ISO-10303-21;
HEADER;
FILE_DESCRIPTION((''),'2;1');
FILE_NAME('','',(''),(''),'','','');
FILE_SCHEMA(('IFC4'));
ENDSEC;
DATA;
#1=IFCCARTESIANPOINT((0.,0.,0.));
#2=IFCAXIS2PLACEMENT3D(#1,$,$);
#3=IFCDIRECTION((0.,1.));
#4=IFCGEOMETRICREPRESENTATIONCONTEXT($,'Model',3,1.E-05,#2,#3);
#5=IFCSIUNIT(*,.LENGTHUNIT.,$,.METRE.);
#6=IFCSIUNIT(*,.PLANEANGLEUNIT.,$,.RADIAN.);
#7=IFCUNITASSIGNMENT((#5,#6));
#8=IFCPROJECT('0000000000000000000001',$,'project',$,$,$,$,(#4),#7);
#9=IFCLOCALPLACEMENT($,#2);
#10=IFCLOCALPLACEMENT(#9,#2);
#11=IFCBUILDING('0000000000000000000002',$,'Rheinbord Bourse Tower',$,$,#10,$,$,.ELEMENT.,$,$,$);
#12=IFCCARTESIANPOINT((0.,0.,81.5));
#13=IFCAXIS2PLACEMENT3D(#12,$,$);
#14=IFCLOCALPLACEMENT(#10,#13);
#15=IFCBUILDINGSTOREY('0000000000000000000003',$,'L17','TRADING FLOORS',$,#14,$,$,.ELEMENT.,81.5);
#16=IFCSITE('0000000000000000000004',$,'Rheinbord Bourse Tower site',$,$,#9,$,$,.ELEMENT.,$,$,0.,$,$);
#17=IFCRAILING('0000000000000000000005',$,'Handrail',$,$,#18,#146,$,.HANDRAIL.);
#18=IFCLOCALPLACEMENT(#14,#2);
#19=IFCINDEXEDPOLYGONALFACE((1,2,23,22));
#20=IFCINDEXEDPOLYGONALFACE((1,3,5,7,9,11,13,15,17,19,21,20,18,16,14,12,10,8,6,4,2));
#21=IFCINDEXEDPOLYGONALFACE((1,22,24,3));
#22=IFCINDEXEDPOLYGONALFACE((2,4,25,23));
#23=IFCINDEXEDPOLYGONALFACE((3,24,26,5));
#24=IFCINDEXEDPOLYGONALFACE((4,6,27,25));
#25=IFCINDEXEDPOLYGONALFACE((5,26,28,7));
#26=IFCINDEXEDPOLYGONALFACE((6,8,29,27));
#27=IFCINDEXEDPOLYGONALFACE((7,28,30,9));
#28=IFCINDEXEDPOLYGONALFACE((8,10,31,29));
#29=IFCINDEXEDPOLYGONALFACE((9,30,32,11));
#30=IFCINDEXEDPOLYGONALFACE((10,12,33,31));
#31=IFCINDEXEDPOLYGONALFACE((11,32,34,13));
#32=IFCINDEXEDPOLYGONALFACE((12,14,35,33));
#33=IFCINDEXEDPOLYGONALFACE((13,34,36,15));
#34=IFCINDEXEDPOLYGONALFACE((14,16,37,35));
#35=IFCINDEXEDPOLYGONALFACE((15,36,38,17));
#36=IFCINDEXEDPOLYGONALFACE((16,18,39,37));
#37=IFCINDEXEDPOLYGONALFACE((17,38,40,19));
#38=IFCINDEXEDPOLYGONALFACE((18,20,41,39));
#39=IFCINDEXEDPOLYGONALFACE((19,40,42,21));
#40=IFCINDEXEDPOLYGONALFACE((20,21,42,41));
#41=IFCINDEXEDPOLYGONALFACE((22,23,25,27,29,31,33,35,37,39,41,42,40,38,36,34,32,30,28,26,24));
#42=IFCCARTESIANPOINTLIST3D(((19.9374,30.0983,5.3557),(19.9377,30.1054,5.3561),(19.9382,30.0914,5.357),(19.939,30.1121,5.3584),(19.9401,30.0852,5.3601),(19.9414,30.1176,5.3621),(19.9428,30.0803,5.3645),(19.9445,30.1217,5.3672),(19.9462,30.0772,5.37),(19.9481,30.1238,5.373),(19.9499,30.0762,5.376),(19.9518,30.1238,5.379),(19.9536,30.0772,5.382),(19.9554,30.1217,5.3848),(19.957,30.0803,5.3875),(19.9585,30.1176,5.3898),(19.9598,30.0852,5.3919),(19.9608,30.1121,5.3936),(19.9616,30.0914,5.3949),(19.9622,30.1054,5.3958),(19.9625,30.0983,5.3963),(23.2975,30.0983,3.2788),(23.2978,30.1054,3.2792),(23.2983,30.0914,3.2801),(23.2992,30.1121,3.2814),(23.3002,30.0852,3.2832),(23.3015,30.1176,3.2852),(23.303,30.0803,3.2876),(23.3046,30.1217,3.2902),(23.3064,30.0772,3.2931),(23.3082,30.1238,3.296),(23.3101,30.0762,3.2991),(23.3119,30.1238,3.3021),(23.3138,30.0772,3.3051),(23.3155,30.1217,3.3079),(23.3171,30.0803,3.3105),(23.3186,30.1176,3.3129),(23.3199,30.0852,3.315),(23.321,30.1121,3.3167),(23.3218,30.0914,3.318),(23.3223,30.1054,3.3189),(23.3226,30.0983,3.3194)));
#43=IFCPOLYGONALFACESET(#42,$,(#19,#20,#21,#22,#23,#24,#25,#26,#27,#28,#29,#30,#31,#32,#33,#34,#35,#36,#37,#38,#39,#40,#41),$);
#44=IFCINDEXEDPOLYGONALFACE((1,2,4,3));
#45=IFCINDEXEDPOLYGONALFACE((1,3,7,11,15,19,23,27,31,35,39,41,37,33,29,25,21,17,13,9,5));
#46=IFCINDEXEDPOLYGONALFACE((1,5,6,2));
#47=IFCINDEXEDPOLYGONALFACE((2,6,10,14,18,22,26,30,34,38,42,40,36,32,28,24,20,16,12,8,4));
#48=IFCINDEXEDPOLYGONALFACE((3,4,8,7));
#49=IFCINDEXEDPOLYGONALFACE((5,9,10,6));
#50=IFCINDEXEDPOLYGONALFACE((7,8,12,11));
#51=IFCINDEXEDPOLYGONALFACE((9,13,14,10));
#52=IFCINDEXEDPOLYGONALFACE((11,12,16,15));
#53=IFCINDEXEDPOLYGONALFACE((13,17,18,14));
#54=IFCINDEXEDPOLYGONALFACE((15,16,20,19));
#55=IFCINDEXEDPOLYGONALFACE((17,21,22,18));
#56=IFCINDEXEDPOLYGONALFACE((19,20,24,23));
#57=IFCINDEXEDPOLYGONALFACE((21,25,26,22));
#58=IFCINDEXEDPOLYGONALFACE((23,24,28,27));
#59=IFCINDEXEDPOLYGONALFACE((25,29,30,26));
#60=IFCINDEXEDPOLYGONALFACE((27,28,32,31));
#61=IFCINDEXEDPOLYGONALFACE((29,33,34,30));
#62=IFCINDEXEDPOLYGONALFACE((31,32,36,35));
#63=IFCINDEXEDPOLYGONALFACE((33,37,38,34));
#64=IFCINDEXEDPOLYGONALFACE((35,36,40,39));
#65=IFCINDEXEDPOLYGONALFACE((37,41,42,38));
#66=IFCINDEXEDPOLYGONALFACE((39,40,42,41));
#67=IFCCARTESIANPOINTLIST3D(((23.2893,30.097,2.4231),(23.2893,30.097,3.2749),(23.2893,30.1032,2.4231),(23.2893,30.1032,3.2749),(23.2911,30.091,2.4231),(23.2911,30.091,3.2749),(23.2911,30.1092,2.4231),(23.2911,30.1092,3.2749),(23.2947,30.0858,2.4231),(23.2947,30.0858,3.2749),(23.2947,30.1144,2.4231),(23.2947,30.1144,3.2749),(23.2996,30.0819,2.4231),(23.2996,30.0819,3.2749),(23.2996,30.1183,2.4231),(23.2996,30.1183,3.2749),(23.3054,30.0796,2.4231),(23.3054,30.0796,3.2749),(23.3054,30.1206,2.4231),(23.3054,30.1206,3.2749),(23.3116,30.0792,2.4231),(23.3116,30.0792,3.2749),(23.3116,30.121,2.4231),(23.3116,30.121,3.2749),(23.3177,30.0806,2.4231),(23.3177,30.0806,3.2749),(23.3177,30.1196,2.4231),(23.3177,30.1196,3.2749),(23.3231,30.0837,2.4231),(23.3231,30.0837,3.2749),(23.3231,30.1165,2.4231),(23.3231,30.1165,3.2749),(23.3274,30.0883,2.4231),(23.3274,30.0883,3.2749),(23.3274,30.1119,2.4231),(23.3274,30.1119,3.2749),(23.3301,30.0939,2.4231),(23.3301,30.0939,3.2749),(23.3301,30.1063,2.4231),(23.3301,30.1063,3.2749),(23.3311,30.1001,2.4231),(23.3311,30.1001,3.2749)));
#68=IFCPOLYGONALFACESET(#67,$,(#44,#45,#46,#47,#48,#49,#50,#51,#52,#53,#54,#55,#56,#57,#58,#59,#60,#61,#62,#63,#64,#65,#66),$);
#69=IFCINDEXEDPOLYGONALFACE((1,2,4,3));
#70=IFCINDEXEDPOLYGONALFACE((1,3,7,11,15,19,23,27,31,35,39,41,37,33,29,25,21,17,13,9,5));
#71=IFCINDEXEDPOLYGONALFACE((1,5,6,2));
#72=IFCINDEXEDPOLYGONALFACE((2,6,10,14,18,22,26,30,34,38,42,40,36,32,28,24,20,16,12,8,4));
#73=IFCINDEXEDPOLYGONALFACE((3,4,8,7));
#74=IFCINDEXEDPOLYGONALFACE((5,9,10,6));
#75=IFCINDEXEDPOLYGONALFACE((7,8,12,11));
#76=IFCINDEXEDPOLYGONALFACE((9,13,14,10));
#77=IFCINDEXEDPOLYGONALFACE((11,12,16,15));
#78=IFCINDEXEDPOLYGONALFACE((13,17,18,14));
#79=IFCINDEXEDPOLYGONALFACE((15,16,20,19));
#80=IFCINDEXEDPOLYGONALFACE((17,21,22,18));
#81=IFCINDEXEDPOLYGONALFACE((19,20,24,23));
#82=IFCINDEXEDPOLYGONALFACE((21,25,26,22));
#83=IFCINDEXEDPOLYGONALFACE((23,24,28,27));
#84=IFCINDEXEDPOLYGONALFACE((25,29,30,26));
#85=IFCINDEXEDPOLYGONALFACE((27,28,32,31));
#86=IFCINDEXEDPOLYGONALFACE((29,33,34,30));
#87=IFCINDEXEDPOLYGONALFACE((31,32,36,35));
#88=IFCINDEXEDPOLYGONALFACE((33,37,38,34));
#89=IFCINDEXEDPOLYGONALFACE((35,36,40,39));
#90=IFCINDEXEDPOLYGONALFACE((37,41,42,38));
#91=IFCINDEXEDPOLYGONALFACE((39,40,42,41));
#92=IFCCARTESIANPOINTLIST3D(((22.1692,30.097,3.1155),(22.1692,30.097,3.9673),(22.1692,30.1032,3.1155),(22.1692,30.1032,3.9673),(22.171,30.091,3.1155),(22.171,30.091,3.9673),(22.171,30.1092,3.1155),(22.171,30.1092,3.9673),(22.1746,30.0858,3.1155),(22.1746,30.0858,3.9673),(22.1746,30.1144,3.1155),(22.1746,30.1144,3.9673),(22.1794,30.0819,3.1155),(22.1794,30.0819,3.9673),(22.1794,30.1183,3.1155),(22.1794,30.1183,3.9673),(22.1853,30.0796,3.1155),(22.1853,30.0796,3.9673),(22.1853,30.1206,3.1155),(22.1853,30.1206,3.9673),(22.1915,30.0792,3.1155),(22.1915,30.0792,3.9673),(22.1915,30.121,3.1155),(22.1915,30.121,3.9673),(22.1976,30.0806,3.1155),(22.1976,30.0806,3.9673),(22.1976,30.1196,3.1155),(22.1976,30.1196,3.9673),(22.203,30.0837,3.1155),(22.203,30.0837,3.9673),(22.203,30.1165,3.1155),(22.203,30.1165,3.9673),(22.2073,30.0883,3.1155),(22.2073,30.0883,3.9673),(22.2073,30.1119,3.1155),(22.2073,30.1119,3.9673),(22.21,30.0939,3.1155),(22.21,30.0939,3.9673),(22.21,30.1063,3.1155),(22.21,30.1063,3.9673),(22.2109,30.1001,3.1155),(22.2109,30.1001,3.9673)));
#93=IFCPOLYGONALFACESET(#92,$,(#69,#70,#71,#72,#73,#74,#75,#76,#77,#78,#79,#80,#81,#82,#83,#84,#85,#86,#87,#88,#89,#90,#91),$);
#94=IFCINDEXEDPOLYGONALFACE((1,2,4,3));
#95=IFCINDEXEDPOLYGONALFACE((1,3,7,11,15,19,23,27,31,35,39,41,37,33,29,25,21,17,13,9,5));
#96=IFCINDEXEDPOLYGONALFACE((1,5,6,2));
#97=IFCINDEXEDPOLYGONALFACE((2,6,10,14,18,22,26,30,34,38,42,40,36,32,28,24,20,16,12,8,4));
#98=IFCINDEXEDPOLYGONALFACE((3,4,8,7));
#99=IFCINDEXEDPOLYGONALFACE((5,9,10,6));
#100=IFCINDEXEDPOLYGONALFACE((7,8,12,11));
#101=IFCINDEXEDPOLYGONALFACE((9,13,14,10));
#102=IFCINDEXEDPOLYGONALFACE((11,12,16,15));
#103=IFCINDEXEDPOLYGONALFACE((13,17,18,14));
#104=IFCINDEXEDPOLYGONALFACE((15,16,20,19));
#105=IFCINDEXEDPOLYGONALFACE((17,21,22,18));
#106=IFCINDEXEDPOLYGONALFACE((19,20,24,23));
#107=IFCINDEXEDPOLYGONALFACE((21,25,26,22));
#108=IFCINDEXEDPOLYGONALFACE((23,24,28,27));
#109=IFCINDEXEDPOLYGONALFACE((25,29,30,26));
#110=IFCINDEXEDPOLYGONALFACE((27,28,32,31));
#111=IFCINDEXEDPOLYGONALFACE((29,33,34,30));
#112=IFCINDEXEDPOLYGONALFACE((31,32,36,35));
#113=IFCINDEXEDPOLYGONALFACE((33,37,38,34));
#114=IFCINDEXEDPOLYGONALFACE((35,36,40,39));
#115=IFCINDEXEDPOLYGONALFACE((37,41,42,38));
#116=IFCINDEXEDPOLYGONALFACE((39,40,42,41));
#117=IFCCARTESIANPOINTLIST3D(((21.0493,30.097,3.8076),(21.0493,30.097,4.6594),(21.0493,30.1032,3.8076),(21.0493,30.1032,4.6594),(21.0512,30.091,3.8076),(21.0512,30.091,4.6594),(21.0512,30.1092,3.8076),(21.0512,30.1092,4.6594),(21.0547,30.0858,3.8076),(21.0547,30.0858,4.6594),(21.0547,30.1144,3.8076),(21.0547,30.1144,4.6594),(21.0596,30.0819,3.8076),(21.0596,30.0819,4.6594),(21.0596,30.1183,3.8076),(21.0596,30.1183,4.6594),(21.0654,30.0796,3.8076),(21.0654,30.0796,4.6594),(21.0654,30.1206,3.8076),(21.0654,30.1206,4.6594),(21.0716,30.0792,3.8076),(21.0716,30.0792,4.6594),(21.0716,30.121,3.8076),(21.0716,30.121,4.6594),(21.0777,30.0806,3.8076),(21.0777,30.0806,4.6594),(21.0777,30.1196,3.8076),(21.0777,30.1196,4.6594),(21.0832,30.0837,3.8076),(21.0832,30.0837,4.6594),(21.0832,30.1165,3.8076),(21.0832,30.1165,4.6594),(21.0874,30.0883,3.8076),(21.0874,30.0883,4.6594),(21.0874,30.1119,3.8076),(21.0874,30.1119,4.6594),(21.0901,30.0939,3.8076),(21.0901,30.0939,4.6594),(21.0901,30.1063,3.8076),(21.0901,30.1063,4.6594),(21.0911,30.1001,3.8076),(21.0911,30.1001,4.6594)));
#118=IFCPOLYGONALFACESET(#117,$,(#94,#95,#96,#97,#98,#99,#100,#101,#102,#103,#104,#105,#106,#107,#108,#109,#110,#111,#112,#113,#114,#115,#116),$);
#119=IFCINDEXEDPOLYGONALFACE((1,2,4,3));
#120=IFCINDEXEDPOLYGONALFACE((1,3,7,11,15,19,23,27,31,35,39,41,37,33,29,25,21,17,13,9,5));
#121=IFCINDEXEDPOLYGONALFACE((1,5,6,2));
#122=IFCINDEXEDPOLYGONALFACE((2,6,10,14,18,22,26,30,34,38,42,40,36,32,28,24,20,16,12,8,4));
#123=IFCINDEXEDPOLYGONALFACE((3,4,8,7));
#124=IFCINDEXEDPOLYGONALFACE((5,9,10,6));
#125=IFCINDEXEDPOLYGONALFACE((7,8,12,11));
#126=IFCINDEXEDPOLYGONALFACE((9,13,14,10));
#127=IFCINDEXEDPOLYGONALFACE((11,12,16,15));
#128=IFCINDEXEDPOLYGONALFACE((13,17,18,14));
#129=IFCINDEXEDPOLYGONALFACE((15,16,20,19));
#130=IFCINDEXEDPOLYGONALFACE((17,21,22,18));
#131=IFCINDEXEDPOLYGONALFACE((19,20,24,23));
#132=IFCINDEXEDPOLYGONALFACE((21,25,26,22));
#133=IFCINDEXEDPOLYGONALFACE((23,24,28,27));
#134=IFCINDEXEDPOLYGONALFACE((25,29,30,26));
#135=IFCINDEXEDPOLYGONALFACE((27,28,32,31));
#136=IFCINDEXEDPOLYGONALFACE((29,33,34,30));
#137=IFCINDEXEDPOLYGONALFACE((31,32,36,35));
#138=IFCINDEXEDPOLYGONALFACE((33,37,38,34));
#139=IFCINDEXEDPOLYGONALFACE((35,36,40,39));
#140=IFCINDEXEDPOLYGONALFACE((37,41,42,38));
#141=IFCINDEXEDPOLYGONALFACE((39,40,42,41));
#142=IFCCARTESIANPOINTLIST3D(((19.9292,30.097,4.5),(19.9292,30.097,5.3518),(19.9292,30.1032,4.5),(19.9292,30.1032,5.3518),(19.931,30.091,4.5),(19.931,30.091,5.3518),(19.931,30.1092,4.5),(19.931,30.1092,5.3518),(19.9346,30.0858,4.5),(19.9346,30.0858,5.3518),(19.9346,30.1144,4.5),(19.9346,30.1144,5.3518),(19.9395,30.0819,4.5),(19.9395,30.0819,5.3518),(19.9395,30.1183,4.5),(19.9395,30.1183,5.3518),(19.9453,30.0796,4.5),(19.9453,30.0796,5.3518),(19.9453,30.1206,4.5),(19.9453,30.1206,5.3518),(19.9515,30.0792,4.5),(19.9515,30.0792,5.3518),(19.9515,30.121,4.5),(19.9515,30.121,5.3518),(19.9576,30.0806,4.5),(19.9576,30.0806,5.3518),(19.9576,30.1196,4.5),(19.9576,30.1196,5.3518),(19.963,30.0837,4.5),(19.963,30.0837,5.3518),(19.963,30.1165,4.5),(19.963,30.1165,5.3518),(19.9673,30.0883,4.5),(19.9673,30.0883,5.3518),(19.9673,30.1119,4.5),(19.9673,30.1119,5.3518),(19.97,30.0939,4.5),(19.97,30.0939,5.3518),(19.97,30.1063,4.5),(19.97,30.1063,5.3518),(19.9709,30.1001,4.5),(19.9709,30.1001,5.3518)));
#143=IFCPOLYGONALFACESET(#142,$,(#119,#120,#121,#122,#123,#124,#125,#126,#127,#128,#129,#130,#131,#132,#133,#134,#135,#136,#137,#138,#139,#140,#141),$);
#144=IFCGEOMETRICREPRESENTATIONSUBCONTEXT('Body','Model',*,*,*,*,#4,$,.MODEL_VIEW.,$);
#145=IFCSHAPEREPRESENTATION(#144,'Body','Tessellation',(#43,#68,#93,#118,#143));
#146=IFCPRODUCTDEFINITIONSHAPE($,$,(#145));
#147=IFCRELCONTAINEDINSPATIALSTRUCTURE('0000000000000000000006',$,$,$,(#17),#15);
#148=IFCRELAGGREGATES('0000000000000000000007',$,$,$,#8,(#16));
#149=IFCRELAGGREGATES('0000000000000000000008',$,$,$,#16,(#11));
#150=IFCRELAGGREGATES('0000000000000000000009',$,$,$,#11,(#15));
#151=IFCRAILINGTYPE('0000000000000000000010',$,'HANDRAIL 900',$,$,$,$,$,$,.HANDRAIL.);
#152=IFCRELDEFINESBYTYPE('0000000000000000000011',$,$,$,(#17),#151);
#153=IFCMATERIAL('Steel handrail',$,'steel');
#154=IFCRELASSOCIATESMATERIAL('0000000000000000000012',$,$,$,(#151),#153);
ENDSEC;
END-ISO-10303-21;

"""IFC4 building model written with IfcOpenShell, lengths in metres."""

from ifc_helpers import new_model, si_unit, direction, frame, origin, origin_2d, place, context, subcontext, project, spatial, circle, extrude, material, type_object, element, save


model = new_model("IFC4")

# Units and contexts
model_context = context("Model", 3, precision=1e-05, world=origin(), true_north=direction((0.0, 1.0)))
body_context = subcontext(model_context, "Body", "Model", "MODEL_VIEW")
ifc_project = project(units=[si_unit("LENGTHUNIT", "METRE"), si_unit("PLANEANGLEUNIT", "RADIAN")], contexts=[model_context])

# Site, building, storey
site_placement = place(None, origin())
site = spatial("IfcSite", under=ifc_project, at=site_placement, Name="Rheinbord Bourse Tower site", CompositionType="ELEMENT", RefElevation=0.0)
building_placement = place(site_placement, origin())
building = spatial("IfcBuilding", under=site, at=building_placement, Name="Rheinbord Bourse Tower", CompositionType="ELEMENT")
storey_placement = place(building_placement, frame((0.0, 0.0, 81.5)))
storey = spatial("IfcBuildingStorey", under=building, at=storey_placement, Name="L17", Description="TRADING FLOORS", CompositionType="ELEMENT", Elevation=81.5)

# Railing
ifc_material_1 = material(Name="Steel handrail", Category="steel")
railing_type = type_object("IfcRailingType", Name="HANDRAIL 900", PredefinedType="HANDRAIL", material=ifc_material_1)
railing_1_placement = place(storey_placement, frame((23.3101, 30.1001, 2.4231)))
element("IfcRailing", 1, at=railing_1_placement, inside=storey, type_object=railing_type, Name="Handrail", PredefinedType="HANDRAIL", context=body_context, shape_type="SweptSolid", body=[
    extrude(circle(Radius=0.0239, at=origin_2d()), frame((0.0, 0.0, 0.876), z_axis=(-0.850623, 0.0, 0.525776), x_axis=(0.0, -1.0, 0.0)), (0.0, 0.0, 1.0), 3.9502),
    extrude(circle(Radius=0.021, at=origin_2d()), origin(), (0.0, 0.0, 1.0), 0.8518),
    extrude(circle(Radius=0.021, at=origin_2d()), frame((-1.1201, 0.0, 0.6924)), (0.0, 0.0, 1.0), 0.8518),
    extrude(circle(Radius=0.021, at=origin_2d()), frame((-2.24, 0.0, 1.3845)), (0.0, 0.0, 1.0), 0.8518),
    extrude(circle(Radius=0.021, at=origin_2d()), frame((-3.3601, 0.0, 2.0769)), (0.0, 0.0, 1.0), 0.8518),
])

save(model, "model.ifc")
